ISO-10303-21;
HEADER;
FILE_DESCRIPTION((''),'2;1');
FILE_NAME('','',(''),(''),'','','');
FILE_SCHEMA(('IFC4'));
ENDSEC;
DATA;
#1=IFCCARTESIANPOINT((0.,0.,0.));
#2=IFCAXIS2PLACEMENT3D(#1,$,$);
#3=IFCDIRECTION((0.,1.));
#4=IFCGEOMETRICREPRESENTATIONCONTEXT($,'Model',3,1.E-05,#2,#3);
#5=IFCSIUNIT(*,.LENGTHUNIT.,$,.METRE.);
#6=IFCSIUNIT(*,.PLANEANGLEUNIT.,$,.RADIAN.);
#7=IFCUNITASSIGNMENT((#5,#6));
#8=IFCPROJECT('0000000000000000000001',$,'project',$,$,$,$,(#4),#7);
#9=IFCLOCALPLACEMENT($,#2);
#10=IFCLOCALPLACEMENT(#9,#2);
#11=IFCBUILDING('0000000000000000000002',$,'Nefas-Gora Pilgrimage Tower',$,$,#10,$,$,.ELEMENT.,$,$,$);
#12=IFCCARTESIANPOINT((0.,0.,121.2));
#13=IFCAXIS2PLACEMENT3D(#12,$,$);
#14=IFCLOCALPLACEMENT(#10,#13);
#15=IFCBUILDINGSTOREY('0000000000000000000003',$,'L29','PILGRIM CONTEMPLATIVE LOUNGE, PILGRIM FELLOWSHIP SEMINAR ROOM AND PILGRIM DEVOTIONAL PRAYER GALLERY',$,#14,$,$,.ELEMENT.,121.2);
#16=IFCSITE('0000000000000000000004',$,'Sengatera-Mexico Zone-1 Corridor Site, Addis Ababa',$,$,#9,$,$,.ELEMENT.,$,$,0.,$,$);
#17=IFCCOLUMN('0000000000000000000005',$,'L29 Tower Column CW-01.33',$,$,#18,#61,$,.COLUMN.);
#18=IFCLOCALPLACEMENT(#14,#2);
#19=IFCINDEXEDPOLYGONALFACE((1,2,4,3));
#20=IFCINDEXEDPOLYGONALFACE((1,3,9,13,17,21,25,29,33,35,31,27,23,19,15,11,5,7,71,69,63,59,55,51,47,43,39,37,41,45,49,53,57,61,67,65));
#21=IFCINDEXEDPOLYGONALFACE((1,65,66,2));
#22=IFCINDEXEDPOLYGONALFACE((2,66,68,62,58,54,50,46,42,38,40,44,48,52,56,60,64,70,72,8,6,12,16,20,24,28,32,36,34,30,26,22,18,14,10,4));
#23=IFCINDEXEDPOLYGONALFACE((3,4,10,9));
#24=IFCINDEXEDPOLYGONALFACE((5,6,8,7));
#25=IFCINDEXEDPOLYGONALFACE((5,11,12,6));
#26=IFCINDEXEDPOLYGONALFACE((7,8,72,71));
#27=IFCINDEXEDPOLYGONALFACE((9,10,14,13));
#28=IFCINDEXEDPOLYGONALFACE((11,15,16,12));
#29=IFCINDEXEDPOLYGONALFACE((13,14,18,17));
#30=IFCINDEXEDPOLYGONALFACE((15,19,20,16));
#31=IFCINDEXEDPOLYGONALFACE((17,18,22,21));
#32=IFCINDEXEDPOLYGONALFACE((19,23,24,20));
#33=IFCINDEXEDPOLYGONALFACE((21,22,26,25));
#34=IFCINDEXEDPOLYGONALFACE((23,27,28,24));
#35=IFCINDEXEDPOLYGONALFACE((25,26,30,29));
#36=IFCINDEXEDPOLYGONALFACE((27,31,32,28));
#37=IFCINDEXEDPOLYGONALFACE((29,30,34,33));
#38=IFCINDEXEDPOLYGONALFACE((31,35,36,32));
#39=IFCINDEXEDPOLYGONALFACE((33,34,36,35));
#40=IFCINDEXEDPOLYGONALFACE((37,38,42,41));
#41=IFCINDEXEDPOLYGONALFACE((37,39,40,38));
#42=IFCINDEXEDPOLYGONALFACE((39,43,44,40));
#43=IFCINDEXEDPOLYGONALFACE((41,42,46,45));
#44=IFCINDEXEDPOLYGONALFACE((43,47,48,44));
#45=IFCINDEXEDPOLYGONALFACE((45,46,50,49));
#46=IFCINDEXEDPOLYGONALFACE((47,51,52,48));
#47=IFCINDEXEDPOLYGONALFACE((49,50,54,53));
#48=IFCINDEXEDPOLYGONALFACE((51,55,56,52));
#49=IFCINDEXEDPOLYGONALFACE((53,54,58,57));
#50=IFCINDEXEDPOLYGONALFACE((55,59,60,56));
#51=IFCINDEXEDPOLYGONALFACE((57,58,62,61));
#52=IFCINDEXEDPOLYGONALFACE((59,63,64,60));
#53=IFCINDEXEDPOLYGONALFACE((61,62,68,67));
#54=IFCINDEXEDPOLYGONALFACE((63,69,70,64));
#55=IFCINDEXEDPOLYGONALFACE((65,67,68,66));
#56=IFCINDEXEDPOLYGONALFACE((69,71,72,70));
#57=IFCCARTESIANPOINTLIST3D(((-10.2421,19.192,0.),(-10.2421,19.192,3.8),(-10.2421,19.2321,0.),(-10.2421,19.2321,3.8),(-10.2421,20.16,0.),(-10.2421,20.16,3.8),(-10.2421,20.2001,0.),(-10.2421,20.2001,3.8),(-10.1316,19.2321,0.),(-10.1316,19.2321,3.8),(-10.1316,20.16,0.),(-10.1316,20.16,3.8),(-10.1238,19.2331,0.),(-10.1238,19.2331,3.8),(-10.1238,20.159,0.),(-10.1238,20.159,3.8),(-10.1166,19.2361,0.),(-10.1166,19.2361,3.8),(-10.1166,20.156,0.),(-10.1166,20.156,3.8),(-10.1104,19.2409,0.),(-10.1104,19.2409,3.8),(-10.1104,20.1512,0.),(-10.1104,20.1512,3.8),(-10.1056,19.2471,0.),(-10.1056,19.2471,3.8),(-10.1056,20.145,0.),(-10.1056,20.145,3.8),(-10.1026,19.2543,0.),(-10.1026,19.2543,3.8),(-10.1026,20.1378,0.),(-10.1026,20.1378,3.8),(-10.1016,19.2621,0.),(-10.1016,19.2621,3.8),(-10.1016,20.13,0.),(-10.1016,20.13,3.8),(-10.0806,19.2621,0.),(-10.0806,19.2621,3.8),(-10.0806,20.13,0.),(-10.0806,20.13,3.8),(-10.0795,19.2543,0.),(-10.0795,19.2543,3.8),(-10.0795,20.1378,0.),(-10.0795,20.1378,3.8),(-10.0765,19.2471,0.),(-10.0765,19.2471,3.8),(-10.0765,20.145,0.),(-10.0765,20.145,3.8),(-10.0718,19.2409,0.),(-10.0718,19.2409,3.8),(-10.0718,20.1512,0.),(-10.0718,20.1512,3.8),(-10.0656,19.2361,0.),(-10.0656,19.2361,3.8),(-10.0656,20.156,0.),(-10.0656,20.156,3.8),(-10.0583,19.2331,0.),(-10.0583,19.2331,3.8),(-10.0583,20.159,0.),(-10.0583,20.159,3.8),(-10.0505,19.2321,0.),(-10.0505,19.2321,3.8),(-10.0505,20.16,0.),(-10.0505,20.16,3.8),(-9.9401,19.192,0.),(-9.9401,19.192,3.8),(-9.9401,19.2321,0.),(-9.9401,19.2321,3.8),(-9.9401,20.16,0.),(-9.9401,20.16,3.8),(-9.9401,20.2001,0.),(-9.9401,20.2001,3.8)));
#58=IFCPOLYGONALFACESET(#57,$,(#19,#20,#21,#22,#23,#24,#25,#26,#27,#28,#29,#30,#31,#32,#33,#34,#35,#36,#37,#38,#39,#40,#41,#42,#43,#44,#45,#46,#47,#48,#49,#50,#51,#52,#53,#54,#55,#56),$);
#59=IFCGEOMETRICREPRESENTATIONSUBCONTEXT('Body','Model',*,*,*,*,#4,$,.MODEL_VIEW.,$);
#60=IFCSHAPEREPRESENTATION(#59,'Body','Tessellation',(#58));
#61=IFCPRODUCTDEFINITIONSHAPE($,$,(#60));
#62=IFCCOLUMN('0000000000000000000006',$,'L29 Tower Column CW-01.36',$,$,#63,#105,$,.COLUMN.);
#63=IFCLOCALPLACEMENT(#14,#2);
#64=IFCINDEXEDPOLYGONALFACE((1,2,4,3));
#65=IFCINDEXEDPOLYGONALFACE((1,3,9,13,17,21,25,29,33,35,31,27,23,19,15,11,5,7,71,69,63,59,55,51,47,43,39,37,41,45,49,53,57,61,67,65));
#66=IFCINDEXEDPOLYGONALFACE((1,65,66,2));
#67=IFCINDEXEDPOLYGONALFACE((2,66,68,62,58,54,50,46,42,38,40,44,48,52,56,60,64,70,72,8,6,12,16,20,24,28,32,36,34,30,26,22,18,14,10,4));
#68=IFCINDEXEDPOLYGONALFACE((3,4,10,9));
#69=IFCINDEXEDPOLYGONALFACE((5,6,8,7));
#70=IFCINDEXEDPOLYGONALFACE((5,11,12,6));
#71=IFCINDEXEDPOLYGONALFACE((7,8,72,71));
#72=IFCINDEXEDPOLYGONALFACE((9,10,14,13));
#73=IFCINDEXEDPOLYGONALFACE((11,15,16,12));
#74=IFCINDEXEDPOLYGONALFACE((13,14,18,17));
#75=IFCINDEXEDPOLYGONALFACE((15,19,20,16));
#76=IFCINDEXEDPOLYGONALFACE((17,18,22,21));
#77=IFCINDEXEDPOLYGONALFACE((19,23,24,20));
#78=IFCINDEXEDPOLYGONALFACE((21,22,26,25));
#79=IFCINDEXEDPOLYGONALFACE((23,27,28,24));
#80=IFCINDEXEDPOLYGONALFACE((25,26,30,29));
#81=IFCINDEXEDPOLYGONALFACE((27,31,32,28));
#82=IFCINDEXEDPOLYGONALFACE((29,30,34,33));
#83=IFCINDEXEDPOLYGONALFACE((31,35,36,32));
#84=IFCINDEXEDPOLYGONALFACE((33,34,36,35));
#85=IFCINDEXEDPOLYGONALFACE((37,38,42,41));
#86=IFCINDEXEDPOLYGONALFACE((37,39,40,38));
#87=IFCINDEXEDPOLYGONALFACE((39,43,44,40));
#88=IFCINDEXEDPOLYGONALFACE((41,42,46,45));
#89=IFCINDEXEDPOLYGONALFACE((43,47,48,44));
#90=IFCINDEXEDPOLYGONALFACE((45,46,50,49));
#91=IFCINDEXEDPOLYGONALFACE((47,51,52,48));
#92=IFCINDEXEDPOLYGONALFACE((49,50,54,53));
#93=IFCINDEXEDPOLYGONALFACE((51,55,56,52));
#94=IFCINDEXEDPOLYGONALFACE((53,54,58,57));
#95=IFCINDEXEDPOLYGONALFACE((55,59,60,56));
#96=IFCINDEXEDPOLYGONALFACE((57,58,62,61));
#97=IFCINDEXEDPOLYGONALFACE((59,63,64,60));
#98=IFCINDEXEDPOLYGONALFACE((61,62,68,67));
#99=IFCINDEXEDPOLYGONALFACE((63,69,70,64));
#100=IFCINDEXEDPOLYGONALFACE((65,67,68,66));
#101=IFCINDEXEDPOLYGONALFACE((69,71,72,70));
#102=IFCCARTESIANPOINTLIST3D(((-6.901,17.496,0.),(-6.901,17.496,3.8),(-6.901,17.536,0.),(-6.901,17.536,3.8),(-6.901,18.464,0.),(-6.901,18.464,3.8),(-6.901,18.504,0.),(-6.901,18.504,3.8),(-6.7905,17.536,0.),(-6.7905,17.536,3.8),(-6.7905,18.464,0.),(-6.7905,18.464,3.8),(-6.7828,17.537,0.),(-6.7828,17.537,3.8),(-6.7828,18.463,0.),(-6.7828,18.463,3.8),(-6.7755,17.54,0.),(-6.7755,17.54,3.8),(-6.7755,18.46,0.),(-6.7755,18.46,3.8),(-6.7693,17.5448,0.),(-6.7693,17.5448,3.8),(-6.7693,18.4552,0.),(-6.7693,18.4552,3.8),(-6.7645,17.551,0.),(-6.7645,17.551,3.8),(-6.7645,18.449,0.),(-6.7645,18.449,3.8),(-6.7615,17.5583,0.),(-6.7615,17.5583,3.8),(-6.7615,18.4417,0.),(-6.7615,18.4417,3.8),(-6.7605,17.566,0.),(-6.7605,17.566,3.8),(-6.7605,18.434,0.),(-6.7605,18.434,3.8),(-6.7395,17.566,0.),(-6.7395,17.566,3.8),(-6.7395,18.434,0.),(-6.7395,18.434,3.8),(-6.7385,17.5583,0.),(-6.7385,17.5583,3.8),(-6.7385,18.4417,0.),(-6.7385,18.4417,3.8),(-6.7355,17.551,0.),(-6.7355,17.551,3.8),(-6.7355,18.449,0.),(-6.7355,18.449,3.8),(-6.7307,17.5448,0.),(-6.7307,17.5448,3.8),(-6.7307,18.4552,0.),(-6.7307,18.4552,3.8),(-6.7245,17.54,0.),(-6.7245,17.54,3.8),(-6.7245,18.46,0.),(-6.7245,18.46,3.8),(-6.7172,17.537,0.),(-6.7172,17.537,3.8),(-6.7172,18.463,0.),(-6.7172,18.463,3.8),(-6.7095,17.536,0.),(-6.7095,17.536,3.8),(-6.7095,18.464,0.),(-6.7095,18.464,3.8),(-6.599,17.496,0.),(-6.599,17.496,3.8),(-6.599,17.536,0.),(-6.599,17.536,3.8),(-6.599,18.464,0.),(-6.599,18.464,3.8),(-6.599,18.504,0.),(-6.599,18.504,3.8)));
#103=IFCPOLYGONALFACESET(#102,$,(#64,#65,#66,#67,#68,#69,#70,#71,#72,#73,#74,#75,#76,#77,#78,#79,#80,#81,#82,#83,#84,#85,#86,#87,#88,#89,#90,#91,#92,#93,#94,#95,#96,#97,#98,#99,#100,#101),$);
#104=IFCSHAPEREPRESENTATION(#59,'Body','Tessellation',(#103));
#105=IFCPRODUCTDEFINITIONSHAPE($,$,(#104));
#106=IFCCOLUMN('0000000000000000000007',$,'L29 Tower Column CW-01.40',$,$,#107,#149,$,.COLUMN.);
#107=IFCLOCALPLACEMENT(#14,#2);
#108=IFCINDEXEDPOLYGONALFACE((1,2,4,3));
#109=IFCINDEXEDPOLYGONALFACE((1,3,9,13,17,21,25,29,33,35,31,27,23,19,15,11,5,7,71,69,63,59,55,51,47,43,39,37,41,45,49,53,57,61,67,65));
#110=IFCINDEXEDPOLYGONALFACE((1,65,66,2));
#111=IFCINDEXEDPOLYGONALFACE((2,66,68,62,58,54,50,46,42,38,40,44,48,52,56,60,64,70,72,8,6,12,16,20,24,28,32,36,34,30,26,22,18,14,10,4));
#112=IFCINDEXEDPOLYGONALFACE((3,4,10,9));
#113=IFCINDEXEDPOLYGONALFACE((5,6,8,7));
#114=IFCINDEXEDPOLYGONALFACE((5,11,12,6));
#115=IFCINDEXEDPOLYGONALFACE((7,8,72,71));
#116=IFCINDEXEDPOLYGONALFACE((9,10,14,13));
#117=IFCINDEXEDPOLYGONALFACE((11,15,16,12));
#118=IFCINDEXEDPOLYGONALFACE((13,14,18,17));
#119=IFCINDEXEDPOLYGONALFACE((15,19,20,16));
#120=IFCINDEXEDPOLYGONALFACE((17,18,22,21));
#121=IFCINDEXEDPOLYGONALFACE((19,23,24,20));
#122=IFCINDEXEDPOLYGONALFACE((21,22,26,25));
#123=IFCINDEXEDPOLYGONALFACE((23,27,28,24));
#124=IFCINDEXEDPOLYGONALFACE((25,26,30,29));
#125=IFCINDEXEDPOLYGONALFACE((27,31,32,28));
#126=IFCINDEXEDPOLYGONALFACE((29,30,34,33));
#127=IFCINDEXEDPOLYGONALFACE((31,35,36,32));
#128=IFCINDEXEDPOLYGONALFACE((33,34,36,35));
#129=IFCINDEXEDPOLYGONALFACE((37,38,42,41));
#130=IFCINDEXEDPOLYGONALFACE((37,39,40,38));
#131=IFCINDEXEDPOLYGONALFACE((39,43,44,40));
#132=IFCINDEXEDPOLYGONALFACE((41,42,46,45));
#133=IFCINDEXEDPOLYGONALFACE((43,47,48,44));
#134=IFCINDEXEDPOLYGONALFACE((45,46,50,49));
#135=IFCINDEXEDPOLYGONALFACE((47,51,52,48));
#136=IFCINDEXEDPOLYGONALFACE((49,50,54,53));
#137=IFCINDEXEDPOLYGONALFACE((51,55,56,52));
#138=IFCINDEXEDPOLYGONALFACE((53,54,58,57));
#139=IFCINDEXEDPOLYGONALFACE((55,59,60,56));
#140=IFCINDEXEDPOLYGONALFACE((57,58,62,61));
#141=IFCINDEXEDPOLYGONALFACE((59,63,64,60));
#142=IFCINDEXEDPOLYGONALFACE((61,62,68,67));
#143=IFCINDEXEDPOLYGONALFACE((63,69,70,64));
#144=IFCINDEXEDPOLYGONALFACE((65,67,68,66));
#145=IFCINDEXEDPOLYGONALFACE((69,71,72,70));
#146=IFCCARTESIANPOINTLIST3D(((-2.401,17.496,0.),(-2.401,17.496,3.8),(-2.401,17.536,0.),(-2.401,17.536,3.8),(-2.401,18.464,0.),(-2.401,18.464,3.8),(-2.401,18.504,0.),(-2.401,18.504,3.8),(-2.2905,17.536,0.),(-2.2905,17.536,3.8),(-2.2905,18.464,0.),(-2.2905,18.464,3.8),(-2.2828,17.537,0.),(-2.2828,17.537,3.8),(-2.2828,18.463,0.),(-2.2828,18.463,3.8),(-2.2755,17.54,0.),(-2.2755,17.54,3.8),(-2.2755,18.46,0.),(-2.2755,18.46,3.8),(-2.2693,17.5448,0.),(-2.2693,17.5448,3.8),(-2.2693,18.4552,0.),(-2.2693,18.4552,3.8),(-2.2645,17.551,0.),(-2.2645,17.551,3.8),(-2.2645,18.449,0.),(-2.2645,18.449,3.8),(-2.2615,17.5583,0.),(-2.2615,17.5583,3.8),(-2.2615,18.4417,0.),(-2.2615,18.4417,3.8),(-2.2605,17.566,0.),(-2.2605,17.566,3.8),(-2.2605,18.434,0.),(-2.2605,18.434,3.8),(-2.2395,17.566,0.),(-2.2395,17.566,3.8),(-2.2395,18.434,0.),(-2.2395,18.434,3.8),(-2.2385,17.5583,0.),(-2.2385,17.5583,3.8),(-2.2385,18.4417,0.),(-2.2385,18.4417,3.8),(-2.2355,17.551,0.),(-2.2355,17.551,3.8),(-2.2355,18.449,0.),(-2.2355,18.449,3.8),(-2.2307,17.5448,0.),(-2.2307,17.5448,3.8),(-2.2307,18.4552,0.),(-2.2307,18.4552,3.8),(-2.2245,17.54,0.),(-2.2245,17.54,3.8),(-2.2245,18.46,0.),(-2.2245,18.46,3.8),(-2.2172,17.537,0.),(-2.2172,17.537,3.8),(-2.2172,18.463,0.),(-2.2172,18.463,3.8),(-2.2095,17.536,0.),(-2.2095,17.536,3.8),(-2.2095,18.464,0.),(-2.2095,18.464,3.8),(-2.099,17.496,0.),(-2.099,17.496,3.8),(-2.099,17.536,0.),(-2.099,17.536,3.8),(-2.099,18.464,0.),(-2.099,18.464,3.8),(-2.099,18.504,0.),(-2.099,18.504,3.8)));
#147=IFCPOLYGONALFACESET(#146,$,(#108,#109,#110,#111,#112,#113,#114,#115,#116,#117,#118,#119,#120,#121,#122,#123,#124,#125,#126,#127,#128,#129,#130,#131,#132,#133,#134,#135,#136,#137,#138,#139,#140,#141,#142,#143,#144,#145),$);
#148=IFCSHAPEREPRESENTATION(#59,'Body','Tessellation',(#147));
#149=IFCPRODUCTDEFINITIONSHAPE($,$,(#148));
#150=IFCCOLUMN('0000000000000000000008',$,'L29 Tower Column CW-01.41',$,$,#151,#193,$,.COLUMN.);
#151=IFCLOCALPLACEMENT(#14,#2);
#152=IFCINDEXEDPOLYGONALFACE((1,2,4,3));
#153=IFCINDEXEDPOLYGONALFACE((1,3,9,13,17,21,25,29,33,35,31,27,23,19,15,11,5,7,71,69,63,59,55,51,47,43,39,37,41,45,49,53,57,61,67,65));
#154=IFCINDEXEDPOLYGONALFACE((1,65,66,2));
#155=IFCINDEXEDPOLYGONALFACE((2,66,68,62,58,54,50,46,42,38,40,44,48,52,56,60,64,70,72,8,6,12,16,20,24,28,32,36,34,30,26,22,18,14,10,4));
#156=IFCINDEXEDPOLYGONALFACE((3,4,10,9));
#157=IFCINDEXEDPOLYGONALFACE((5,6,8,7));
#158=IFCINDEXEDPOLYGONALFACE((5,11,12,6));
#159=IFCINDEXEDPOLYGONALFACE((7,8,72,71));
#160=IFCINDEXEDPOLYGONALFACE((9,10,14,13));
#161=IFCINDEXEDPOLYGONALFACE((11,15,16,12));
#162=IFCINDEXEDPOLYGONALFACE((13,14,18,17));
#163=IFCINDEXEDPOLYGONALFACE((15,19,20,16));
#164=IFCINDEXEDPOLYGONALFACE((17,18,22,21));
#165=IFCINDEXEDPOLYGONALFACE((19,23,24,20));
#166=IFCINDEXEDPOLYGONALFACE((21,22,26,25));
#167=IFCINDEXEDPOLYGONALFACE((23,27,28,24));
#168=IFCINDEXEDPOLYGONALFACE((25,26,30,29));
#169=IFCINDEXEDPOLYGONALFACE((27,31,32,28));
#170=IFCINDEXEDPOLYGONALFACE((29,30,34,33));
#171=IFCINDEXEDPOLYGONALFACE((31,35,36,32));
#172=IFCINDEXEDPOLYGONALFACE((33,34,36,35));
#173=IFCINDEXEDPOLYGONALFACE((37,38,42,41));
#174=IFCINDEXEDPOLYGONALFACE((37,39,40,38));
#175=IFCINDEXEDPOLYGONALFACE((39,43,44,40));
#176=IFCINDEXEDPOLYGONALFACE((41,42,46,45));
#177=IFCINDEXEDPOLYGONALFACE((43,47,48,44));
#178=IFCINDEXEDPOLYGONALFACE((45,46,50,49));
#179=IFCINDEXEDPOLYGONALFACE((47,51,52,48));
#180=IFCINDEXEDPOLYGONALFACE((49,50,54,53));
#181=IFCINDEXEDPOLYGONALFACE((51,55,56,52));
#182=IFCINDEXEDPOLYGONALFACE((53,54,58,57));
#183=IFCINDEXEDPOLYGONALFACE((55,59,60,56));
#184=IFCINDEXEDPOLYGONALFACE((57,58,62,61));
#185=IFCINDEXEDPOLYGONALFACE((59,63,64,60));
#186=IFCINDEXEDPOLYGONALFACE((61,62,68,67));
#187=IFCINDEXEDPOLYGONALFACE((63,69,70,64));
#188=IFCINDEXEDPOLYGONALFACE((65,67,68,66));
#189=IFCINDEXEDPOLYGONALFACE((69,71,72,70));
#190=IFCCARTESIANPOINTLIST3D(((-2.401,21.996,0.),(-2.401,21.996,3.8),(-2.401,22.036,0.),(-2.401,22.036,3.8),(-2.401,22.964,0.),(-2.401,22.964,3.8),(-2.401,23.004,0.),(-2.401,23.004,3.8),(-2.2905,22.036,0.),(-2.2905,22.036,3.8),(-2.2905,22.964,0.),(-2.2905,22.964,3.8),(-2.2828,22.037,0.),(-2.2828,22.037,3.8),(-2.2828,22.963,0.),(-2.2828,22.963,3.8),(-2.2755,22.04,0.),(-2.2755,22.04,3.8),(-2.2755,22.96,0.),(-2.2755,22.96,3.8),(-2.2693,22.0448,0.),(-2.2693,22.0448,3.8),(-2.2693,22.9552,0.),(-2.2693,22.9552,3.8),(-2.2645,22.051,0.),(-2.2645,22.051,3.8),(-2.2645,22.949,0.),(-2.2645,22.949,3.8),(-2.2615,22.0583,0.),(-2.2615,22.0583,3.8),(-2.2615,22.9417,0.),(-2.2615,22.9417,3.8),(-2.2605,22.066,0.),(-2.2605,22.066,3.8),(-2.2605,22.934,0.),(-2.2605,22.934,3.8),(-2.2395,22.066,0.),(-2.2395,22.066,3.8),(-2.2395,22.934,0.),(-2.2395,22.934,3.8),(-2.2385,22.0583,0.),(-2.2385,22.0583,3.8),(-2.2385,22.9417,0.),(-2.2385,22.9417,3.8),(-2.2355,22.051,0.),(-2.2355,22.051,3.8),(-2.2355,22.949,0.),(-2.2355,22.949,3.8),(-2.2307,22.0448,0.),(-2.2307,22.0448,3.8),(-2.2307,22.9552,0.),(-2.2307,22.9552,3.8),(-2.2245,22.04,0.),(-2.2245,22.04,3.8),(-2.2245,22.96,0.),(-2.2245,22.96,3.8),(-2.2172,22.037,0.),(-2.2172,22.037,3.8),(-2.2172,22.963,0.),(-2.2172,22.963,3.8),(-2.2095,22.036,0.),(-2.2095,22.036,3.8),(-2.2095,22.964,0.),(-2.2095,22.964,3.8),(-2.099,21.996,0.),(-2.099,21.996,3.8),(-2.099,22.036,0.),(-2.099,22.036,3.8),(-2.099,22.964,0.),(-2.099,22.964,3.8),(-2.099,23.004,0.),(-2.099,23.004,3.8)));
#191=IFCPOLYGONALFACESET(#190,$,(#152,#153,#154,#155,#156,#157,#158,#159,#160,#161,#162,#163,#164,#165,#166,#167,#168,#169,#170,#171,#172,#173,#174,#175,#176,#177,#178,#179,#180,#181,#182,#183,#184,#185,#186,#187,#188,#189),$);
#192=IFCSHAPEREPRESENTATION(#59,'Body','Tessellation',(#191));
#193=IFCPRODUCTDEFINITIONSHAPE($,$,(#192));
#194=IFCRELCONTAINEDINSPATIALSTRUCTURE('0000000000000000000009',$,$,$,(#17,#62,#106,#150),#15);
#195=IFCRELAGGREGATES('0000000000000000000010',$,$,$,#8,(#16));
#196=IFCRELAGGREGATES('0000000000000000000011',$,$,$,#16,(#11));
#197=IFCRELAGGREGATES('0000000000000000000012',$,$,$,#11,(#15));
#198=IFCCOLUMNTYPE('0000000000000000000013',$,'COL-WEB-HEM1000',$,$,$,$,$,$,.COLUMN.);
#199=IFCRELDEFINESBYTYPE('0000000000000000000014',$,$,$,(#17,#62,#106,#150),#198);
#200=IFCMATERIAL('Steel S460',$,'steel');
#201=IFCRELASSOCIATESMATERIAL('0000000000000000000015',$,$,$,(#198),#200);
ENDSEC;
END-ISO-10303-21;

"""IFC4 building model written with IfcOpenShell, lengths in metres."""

from ifc_helpers import new_model, si_unit, direction, frame, origin, origin_2d, place, context, subcontext, project, spatial, i_section, extrude, source, transform, mapped, material, material_profile, profile_set, type_object, element, save


model = new_model("IFC4")

# Units and contexts
model_context = context("Model", 3, precision=1e-05, world=origin(), true_north=direction((0.0, 1.0)))
body_context = subcontext(model_context, "Body", "Model", "MODEL_VIEW")
ifc_project = project(units=[si_unit("LENGTHUNIT", "METRE"), si_unit("PLANEANGLEUNIT", "RADIAN")], contexts=[model_context])

# Site, building, storey
site_placement = place(None, origin())
site = spatial("IfcSite", under=ifc_project, at=site_placement, Name="Sengatera-Mexico Zone-1 Corridor Site, Addis Ababa", CompositionType="ELEMENT", RefElevation=0.0)
building_placement = place(site_placement, origin())
building = spatial("IfcBuilding", under=site, at=building_placement, Name="Nefas-Gora Pilgrimage Tower", CompositionType="ELEMENT")
storey_placement = place(building_placement, frame((0.0, 0.0, 121.2)))
storey = spatial("IfcBuildingStorey", under=building, at=storey_placement, Name="L29", Description="PILGRIM CONTEMPLATIVE LOUNGE, PILGRIM FELLOWSHIP SEMINAR ROOM AND PILGRIM DEVOTIONAL PRAYER GALLERY", CompositionType="ELEMENT", Elevation=121.2)

# Columns
ifc_material_1 = material(Name="Steel S460", Category="steel")
ifc_material_profile_1 = material_profile(ifc_material_1, i_section(OverallWidth=0.302, OverallDepth=1.0081, WebThickness=0.021, FlangeThickness=0.04, FilletRadius=0.03, at=origin_2d()), Name="HEM 1000")
ifc_profile_set_1 = profile_set([ifc_material_profile_1], Name="Steel S460")
column_type_1 = type_object("IfcColumnType", Name="COL-WEB-HEM1000", PredefinedType="COLUMN", material=ifc_profile_set_1)
shared_shape_1 = source(origin(), body_context, "Body", "SweptSolid", [
    extrude(i_section(OverallWidth=0.302, OverallDepth=1.0081, WebThickness=0.021, FlangeThickness=0.04, FilletRadius=0.03, at=origin_2d()), origin(), (0.0, 0.0, 1.0), 3.8),
])
for number, where, z_axis, x_axis, name in (
    (1, (-10.0911, 19.696, 0.0), (0.0, 0.0, 1.0), (1.0, 0.0, 0.0), "L29 Tower Column CW-01.33"),
    (2, (-6.75, 18.0, 0.0), (0.0, 0.0, 1.0), (1.0, 0.0, 0.0), "L29 Tower Column CW-01.36"),
    (3, (-2.25, 18.0, 0.0), (0.0, 0.0, 1.0), (1.0, 0.0, 0.0), "L29 Tower Column CW-01.40"),
    (4, (-2.25, 22.5, 0.0), (0.0, 0.0, 1.0), (1.0, 0.0, 0.0), "L29 Tower Column CW-01.41"),
):
    element("IfcColumn", number, at=place(storey_placement, frame(where, z_axis=z_axis, x_axis=x_axis)), inside=storey, type_object=column_type_1, Name=name, PredefinedType="COLUMN", context=body_context, shape_type="MappedRepresentation", body=[
        mapped(shared_shape_1, transform((0.0, 0.0, 0.0), x_axis=(1.0, 0.0, 0.0), y_axis=(0.0, 1.0, 0.0), z_axis=(0.0, 0.0, 1.0), scale=1.0)),
    ])

save(model, "model.ifc")
